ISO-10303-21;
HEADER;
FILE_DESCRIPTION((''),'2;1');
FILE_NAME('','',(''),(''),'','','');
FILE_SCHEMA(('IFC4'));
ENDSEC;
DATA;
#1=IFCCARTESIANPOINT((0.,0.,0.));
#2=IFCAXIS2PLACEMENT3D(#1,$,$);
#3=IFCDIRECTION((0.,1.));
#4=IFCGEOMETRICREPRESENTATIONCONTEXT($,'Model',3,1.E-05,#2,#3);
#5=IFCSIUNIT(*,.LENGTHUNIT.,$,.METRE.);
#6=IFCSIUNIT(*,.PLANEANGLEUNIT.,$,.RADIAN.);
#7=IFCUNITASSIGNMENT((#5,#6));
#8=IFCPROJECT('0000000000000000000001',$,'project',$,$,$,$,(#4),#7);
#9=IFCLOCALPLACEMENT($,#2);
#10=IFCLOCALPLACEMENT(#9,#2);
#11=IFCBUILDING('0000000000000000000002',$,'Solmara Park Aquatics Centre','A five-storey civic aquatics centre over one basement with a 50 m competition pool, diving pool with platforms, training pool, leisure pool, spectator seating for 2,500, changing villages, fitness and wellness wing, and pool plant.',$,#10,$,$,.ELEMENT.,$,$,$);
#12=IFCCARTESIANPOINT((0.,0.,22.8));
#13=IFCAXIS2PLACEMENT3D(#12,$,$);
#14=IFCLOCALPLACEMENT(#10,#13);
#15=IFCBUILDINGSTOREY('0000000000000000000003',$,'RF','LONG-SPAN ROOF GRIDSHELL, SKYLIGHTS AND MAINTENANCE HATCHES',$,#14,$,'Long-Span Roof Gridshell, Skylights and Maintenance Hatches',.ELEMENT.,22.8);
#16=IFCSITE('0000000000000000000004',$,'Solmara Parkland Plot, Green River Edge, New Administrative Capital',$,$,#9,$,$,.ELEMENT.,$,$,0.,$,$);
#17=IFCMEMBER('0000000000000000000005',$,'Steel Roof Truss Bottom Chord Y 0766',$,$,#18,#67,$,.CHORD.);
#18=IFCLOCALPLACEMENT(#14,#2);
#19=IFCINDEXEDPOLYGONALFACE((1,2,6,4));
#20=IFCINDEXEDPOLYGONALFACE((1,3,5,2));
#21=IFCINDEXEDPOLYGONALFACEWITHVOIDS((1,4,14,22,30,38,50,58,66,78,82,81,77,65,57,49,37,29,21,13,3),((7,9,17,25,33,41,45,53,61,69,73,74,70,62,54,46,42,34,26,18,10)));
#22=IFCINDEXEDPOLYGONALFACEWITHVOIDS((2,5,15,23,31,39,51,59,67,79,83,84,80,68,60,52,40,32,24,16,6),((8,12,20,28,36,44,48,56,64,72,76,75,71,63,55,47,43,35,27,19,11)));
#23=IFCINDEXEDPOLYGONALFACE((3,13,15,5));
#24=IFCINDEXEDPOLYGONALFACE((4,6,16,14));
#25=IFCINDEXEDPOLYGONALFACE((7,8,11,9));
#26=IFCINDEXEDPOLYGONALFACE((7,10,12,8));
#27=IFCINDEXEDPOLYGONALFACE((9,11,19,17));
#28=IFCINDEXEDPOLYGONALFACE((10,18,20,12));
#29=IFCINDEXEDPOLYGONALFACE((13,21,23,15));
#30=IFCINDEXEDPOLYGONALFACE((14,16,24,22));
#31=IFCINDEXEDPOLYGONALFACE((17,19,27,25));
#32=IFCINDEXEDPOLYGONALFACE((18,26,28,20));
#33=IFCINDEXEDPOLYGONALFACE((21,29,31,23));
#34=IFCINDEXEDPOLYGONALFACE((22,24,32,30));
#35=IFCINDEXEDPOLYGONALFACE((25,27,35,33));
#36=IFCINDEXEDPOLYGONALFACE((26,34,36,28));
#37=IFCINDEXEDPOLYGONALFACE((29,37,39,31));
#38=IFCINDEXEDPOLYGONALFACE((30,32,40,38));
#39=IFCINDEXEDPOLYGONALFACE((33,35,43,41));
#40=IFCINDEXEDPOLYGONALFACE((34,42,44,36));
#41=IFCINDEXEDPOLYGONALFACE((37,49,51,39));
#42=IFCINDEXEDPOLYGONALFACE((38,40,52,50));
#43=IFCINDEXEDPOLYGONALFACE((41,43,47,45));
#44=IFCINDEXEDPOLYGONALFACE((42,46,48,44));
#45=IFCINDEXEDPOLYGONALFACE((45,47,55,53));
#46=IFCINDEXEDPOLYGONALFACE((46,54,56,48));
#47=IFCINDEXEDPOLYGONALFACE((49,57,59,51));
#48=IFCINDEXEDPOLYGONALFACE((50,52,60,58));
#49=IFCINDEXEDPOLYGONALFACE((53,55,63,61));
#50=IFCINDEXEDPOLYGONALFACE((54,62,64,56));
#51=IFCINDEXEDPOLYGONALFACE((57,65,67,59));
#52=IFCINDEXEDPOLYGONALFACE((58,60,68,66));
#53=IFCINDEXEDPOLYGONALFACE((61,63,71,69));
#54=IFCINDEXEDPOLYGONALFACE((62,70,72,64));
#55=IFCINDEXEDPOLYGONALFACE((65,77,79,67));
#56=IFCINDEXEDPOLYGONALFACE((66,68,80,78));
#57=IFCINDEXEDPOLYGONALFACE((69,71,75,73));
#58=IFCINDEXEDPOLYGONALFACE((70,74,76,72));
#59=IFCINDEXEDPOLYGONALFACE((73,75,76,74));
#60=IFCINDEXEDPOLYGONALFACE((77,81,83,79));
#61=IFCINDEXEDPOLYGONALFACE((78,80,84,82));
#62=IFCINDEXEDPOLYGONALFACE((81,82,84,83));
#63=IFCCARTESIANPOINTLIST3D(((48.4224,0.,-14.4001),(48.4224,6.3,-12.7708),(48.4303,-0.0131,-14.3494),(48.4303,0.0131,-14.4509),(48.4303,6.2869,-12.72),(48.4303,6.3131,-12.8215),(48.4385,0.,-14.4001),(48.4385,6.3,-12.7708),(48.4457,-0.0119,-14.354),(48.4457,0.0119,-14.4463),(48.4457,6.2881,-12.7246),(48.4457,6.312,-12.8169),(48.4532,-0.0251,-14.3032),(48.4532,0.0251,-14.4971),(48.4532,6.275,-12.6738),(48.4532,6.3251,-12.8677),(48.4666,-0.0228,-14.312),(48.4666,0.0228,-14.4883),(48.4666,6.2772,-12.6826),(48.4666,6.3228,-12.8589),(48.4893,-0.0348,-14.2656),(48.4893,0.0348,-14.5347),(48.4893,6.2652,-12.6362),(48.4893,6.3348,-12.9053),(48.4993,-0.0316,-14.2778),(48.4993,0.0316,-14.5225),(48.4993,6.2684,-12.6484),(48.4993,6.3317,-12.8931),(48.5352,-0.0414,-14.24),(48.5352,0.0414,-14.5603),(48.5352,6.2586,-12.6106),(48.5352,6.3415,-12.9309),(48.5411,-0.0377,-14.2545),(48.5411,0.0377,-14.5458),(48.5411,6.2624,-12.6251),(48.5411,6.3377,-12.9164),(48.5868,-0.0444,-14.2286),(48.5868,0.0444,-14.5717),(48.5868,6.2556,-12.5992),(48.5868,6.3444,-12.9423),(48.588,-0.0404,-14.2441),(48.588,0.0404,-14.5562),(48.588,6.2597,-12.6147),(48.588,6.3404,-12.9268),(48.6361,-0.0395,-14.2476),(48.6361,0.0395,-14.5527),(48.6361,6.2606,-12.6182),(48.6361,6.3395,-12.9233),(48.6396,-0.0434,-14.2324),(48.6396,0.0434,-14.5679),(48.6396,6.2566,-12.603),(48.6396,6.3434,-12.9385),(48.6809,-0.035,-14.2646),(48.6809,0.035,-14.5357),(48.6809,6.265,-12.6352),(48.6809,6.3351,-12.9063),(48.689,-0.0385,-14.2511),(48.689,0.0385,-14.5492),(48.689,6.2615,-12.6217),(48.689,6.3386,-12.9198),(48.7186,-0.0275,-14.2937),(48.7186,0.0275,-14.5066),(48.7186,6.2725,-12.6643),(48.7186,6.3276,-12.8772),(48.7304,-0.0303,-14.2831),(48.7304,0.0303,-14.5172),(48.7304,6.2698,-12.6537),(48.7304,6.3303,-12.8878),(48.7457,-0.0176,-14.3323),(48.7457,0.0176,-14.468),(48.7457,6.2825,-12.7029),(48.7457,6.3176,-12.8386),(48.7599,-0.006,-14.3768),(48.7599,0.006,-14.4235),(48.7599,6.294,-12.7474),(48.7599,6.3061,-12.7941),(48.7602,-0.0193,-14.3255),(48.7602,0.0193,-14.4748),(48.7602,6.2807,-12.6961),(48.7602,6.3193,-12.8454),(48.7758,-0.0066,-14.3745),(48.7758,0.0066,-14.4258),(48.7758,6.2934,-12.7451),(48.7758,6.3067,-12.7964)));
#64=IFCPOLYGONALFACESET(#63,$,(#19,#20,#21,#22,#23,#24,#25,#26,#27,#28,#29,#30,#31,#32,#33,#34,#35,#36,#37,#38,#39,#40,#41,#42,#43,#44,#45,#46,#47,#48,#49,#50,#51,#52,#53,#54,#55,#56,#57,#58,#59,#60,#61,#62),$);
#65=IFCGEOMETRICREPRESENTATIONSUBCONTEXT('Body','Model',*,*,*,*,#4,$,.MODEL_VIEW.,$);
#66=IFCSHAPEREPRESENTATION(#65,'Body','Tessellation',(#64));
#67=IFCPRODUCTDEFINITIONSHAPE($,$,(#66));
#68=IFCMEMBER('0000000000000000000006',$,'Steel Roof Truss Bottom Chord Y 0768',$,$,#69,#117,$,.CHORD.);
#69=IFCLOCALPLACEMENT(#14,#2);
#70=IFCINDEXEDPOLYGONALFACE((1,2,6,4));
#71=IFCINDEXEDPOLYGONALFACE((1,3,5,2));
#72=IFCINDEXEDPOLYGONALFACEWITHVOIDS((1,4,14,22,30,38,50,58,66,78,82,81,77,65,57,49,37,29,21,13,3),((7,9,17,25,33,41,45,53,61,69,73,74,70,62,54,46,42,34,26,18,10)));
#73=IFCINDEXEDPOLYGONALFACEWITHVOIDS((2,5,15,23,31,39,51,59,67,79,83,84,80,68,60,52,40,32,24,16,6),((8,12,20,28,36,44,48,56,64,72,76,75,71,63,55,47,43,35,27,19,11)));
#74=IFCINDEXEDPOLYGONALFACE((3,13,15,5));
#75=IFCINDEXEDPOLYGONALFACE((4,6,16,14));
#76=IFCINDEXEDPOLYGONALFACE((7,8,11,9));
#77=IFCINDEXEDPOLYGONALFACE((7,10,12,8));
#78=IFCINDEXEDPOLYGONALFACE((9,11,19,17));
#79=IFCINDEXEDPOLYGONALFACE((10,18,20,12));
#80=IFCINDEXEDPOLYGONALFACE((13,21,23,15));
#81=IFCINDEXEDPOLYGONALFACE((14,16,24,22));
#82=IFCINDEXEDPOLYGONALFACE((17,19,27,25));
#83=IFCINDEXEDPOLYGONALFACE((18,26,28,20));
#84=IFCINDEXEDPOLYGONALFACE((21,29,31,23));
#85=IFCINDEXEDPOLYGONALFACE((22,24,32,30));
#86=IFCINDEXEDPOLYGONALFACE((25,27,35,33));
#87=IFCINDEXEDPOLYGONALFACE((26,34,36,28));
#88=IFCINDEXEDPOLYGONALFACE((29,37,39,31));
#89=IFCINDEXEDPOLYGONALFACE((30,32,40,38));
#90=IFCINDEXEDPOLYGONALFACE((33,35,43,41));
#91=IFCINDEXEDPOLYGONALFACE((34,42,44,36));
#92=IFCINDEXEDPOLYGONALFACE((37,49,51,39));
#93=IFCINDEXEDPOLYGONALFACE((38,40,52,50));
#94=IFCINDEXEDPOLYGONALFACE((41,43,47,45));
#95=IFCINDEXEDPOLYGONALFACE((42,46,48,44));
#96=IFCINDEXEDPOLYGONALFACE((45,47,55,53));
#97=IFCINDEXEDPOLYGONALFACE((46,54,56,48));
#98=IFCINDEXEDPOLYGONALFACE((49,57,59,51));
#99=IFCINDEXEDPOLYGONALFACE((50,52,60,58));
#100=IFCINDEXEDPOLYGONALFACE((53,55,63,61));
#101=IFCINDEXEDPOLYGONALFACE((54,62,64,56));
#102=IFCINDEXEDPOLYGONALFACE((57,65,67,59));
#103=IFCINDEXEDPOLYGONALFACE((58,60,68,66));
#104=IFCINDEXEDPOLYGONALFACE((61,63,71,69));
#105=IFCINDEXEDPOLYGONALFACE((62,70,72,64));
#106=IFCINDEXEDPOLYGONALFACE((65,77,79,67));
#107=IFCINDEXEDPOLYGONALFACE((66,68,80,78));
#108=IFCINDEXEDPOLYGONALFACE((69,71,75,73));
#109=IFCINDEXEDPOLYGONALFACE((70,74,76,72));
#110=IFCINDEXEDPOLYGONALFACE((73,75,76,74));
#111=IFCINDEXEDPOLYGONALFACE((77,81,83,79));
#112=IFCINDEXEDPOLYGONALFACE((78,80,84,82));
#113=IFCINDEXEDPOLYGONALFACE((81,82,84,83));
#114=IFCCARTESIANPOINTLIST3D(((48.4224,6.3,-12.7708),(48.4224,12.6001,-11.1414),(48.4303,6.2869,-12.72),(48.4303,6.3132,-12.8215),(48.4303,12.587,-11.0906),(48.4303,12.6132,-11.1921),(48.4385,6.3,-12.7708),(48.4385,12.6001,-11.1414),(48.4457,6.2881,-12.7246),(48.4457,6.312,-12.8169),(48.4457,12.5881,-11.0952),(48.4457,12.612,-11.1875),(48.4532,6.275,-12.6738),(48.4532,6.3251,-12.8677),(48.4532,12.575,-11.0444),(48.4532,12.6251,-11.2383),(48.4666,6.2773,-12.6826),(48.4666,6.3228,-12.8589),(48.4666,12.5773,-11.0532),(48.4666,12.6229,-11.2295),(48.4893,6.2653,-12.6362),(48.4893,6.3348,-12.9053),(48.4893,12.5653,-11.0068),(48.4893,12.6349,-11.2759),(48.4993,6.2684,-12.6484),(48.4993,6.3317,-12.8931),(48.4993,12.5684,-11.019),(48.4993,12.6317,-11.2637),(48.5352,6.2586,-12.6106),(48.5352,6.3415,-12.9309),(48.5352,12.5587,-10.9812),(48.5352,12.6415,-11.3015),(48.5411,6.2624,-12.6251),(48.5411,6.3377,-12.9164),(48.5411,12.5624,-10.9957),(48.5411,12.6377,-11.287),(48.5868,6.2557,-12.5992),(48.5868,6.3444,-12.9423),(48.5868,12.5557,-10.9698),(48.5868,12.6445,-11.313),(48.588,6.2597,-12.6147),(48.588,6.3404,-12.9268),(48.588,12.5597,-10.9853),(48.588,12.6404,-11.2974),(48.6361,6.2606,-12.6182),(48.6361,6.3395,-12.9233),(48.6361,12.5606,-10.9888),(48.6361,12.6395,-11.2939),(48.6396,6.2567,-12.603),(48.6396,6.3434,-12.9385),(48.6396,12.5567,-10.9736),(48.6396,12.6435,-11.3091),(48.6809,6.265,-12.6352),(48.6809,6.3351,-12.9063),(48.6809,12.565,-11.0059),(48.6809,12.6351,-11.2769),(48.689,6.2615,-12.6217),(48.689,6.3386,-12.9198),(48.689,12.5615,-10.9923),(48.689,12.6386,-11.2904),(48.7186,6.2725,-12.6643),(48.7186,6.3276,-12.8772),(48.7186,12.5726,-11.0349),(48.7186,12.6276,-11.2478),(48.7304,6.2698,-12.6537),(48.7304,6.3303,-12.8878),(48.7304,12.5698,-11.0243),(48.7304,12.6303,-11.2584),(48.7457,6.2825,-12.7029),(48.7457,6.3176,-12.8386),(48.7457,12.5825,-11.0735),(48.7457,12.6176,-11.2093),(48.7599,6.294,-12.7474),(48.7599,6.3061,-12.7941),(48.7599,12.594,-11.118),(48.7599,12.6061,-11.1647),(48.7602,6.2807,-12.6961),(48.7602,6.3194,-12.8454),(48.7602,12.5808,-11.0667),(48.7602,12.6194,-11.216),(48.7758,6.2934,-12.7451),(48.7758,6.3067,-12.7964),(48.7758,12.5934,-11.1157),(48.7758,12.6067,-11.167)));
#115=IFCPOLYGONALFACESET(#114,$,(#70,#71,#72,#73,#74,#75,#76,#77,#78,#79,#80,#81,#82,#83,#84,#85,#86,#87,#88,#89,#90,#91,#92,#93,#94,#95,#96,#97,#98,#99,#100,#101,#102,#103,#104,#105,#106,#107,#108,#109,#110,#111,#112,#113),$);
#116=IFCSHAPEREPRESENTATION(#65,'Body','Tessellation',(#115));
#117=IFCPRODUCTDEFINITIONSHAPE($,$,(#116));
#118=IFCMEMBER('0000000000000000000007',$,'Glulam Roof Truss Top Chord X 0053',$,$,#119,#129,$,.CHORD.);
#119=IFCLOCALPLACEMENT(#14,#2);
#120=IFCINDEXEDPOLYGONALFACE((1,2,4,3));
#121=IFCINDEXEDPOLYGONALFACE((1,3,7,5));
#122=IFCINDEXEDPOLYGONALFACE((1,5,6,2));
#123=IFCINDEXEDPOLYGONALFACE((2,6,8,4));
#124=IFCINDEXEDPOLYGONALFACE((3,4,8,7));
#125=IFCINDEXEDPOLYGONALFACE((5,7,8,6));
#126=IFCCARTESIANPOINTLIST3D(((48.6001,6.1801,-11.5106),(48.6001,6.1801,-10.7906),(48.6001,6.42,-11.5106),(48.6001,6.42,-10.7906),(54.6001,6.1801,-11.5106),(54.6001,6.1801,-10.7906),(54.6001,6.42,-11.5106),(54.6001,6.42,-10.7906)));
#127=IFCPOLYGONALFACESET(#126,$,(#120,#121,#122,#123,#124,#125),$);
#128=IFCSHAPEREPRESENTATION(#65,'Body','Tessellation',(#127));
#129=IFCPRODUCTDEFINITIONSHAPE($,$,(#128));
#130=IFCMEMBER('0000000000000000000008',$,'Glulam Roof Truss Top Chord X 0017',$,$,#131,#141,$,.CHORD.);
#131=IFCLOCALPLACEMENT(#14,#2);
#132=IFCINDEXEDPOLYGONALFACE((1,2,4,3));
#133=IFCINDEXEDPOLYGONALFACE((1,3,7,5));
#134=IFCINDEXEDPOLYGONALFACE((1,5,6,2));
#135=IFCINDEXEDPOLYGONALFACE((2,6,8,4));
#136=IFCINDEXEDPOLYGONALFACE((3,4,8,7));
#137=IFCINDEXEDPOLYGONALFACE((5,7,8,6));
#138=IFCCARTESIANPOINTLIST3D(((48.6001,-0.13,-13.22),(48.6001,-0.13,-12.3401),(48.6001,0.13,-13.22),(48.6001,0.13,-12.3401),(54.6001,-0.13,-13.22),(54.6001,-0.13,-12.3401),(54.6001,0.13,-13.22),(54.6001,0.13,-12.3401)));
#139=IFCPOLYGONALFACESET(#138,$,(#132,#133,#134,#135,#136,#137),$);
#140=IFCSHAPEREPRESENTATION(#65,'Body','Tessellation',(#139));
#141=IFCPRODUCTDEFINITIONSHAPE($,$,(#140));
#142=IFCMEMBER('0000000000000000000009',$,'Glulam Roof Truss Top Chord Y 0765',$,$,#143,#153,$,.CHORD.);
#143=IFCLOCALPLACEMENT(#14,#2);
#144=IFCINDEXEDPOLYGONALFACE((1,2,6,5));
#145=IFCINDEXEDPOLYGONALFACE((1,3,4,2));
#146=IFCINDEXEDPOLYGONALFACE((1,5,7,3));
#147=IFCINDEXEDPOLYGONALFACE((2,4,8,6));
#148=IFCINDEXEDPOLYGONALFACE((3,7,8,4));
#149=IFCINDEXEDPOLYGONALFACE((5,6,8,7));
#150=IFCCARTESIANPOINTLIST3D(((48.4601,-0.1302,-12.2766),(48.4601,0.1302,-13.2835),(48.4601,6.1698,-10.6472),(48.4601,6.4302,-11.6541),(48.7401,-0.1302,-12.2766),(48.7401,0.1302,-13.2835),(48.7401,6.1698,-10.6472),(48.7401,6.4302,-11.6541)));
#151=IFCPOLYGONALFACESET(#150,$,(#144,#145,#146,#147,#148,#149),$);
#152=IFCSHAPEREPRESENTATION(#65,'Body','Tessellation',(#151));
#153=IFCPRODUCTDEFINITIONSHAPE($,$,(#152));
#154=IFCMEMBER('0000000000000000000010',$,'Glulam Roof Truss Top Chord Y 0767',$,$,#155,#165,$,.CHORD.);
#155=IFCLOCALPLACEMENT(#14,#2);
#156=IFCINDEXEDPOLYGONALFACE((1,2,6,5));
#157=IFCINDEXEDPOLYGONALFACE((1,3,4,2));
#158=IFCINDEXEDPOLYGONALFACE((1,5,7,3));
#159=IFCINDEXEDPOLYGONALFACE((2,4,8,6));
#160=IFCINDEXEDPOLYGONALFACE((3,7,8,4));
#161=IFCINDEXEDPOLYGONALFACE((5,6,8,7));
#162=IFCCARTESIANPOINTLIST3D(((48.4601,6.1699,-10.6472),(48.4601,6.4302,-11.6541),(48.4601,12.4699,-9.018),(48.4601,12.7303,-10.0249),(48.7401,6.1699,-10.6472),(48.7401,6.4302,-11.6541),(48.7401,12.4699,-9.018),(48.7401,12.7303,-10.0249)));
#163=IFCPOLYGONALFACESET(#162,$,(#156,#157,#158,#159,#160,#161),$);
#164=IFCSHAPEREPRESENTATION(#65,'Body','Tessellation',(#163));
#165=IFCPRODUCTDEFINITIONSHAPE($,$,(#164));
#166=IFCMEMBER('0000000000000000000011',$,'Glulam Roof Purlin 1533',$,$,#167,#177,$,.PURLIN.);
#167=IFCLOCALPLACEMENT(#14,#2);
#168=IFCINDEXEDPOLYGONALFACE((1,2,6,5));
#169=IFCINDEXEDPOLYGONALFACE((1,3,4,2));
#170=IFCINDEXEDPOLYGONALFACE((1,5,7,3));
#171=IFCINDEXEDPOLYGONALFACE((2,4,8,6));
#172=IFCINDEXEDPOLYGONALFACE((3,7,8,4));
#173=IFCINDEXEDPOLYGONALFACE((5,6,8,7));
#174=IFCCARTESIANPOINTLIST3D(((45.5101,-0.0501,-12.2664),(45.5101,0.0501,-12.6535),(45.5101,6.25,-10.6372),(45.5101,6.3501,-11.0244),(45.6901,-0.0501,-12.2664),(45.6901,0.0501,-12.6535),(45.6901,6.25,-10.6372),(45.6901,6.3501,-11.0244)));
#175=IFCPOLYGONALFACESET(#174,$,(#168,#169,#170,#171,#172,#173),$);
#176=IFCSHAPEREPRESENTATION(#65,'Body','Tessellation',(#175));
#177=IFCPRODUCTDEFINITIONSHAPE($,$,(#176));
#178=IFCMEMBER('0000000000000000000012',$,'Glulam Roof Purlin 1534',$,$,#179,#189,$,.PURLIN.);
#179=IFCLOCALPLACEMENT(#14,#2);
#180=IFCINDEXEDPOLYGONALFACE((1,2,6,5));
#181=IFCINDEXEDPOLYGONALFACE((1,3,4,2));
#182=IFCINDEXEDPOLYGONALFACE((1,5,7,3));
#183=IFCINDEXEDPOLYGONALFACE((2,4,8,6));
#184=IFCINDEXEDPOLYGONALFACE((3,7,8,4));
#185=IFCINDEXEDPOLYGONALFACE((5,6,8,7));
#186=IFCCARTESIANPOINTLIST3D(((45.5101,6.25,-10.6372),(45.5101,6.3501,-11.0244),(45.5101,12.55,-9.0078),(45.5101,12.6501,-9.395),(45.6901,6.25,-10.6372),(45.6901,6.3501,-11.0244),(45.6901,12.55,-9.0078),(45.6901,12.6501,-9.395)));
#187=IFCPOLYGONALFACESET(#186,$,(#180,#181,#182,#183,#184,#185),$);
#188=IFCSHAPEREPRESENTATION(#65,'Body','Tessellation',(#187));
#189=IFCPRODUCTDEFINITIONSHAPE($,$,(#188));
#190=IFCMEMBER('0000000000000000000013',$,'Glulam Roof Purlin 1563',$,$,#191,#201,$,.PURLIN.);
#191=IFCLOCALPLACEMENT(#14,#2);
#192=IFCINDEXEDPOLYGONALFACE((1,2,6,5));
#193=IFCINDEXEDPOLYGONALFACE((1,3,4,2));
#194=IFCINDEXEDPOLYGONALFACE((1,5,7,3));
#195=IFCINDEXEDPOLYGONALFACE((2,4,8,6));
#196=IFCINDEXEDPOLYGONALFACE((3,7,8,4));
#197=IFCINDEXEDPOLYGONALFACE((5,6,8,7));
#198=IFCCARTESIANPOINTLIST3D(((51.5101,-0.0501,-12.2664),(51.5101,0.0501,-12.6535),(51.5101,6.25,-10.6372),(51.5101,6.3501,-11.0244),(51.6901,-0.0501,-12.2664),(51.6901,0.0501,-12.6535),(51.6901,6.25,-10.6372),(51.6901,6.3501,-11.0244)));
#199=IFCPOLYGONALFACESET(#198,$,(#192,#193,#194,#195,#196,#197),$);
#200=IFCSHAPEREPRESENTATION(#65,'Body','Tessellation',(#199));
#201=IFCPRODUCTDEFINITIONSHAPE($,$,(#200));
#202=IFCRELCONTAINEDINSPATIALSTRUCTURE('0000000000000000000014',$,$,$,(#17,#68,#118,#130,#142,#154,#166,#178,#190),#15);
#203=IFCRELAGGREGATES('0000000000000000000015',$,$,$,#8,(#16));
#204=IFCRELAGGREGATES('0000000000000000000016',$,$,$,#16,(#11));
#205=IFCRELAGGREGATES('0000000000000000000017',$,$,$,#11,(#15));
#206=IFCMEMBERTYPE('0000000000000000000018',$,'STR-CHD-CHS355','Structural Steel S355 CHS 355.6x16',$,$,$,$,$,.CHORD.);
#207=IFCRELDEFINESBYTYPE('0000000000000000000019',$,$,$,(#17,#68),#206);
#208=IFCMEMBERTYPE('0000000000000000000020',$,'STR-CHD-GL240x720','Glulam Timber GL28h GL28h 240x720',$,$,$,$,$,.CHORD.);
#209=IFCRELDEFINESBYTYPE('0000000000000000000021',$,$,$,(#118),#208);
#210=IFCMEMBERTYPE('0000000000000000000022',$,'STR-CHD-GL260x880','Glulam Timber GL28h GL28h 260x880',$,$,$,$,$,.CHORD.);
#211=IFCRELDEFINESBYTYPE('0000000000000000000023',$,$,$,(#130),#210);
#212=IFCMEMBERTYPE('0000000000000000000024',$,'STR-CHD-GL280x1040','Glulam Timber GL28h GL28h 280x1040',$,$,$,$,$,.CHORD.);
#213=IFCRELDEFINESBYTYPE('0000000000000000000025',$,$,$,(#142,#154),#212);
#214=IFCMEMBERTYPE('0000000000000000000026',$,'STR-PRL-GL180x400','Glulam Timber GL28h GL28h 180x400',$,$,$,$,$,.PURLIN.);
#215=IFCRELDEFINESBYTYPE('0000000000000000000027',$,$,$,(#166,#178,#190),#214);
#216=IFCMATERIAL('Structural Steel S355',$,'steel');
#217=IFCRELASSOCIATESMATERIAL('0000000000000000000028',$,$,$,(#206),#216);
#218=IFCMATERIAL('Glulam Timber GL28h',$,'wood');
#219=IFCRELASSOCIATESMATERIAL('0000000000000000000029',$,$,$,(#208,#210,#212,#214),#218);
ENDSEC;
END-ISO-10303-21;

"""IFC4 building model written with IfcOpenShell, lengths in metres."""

from ifc_helpers import new_model, si_unit, direction, frame, origin, origin_2d, place, context, subcontext, project, spatial, rectangle, hollow_circle, extrude, material, material_profile, profile_set, type_object, element, save


model = new_model("IFC4")

# Units and contexts
model_context = context("Model", 3, precision=1e-05, world=origin(), true_north=direction((0.0, 1.0)))
body_context = subcontext(model_context, "Body", "Model", "MODEL_VIEW")
ifc_project = project(units=[si_unit("LENGTHUNIT", "METRE"), si_unit("PLANEANGLEUNIT", "RADIAN")], contexts=[model_context])

# Site, building, storey
site_placement = place(None, origin())
site = spatial("IfcSite", under=ifc_project, at=site_placement, Name="Solmara Parkland Plot, Green River Edge, New Administrative Capital", CompositionType="ELEMENT", RefElevation=0.0)
building_placement = place(site_placement, origin())
building = spatial("IfcBuilding", under=site, at=building_placement, Name="Solmara Park Aquatics Centre", Description="A five-storey civic aquatics centre over one basement with a 50 m competition pool, diving pool with platforms, training pool, leisure pool, spectator seating for 2,500, changing villages, fitness and wellness wing, and pool plant.", CompositionType="ELEMENT")
storey_placement = place(building_placement, frame((0.0, 0.0, 22.8)))
storey = spatial("IfcBuildingStorey", under=building, at=storey_placement, Name="RF", Description="LONG-SPAN ROOF GRIDSHELL, SKYLIGHTS AND MAINTENANCE HATCHES", LongName="Long-Span Roof Gridshell, Skylights and Maintenance Hatches", CompositionType="ELEMENT", Elevation=22.8)

# Members
ifc_material_1 = material(Name="Structural Steel S355", Category="steel")
ifc_material_profile_1 = material_profile(ifc_material_1, hollow_circle(Radius=0.1777, WallThickness=0.0161, at=origin_2d()), Name="CHS 355.6x16")
ifc_profile_set_1 = profile_set([ifc_material_profile_1], Name="Structural Steel S355")
member_type_1 = type_object("IfcMemberType", Name="STR-CHD-CHS355", Description="Structural Steel S355 CHS 355.6x16", PredefinedType="CHORD", material=ifc_profile_set_1)
for number, where, z_axis, x_axis, name in (
    (1, (48.6001, 0.0, -14.4001), (0.0, 0.968144, 0.250393), (-1.0, 0.0, 0.0), "Steel Roof Truss Bottom Chord Y 0766"),
    (2, (48.6001, 6.3, -12.7708), (0.0, 0.968144, 0.250393), (-1.0, 0.0, 0.0), "Steel Roof Truss Bottom Chord Y 0768"),
):
    element("IfcMember", number, at=place(storey_placement, frame(where, z_axis=z_axis, x_axis=x_axis)), inside=storey, type_object=member_type_1, Name=name, PredefinedType="CHORD", context=body_context, shape_type="SweptSolid", body=[
        extrude(hollow_circle(Radius=0.1777, WallThickness=0.0161, at=origin_2d()), origin(), (0.0, 0.0, 1.0), 6.5073),
    ])
ifc_material_2 = material(Name="Glulam Timber GL28h", Category="wood")
ifc_material_profile_2 = material_profile(ifc_material_2, rectangle(XDim=0.24, YDim=0.72, at=origin_2d()), Name="GL28h 240x720")
ifc_profile_set_2 = profile_set([ifc_material_profile_2], Name="Glulam Timber GL28h")
member_type_2 = type_object("IfcMemberType", Name="STR-CHD-GL240x720", Description="Glulam Timber GL28h GL28h 240x720", PredefinedType="CHORD", material=ifc_profile_set_2)
member_1_placement = place(storey_placement, frame((48.6001, 6.3, -11.1506), z_axis=(1.0, 0.0, 0.0), x_axis=(0.0, 1.0, 0.0)))
element("IfcMember", 3, at=member_1_placement, inside=storey, type_object=member_type_2, Name="Glulam Roof Truss Top Chord X 0053", PredefinedType="CHORD", context=body_context, shape_type="SweptSolid", body=[
    extrude(rectangle(XDim=0.24, YDim=0.72, at=origin_2d()), origin(), (0.0, 0.0, 1.0), 6.0),
])
ifc_material_profile_3 = material_profile(ifc_material_2, rectangle(XDim=0.26, YDim=0.8799, at=origin_2d()), Name="GL28h 260x880")
ifc_profile_set_3 = profile_set([ifc_material_profile_3], Name="Glulam Timber GL28h")
member_type_3 = type_object("IfcMemberType", Name="STR-CHD-GL260x880", Description="Glulam Timber GL28h GL28h 260x880", PredefinedType="CHORD", material=ifc_profile_set_3)
member_2_placement = place(storey_placement, frame((48.6001, 0.0, -12.78), z_axis=(1.0, 0.0, 0.0), x_axis=(0.0, 1.0, 0.0)))
element("IfcMember", 4, at=member_2_placement, inside=storey, type_object=member_type_3, Name="Glulam Roof Truss Top Chord X 0017", PredefinedType="CHORD", context=body_context, shape_type="SweptSolid", body=[
    extrude(rectangle(XDim=0.26, YDim=0.8799, at=origin_2d()), origin(), (0.0, 0.0, 1.0), 6.0),
])
ifc_material_profile_4 = material_profile(ifc_material_2, rectangle(XDim=0.28, YDim=1.04, at=origin_2d()), Name="GL28h 280x1040")
ifc_profile_set_4 = profile_set([ifc_material_profile_4], Name="Glulam Timber GL28h")
member_type_4 = type_object("IfcMemberType", Name="STR-CHD-GL280x1040", Description="Glulam Timber GL28h GL28h 280x1040", PredefinedType="CHORD", material=ifc_profile_set_4)
for number, where, z_axis, x_axis, name in (
    (5, (48.6001, 0.0, -12.78), (0.0, 0.968144, 0.250393), (-1.0, 0.0, 0.0), "Glulam Roof Truss Top Chord Y 0765"),
    (6, (48.6001, 6.3, -11.1506), (0.0, 0.968153, 0.250358), (-1.0, 0.0, 0.0), "Glulam Roof Truss Top Chord Y 0767"),
):
    element("IfcMember", number, at=place(storey_placement, frame(where, z_axis=z_axis, x_axis=x_axis)), inside=storey, type_object=member_type_4, Name=name, PredefinedType="CHORD", context=body_context, shape_type="SweptSolid", body=[
        extrude(rectangle(XDim=0.28, YDim=1.04, at=origin_2d()), origin(), (0.0, 0.0, 1.0), 6.5073),
    ])
ifc_material_profile_5 = material_profile(ifc_material_2, rectangle(XDim=0.1799, YDim=0.3999, at=origin_2d()), Name="GL28h 180x400")
ifc_profile_set_5 = profile_set([ifc_material_profile_5], Name="Glulam Timber GL28h")
member_type_5 = type_object("IfcMemberType", Name="STR-PRL-GL180x400", Description="Glulam Timber GL28h GL28h 180x400", PredefinedType="PURLIN", material=ifc_profile_set_5)
for number, where, z_axis, x_axis, name in (
    (7, (45.6001, 0.0, -12.46), (0.0, 0.968153, 0.250358), (-1.0, 0.0, 0.0), "Glulam Roof Purlin 1533"),
    (8, (45.6001, 6.3, -10.8308), (0.0, 0.968144, 0.250393), (-1.0, 0.0, 0.0), "Glulam Roof Purlin 1534"),
    (9, (51.6001, 0.0, -12.46), (0.0, 0.968153, 0.250358), (-1.0, 0.0, 0.0), "Glulam Roof Purlin 1563"),
):
    element("IfcMember", number, at=place(storey_placement, frame(where, z_axis=z_axis, x_axis=x_axis)), inside=storey, type_object=member_type_5, Name=name, PredefinedType="PURLIN", context=body_context, shape_type="SweptSolid", body=[
        extrude(rectangle(XDim=0.1799, YDim=0.3999, at=origin_2d()), origin(), (0.0, 0.0, 1.0), 6.5073),
    ])

save(model, "model.ifc")
